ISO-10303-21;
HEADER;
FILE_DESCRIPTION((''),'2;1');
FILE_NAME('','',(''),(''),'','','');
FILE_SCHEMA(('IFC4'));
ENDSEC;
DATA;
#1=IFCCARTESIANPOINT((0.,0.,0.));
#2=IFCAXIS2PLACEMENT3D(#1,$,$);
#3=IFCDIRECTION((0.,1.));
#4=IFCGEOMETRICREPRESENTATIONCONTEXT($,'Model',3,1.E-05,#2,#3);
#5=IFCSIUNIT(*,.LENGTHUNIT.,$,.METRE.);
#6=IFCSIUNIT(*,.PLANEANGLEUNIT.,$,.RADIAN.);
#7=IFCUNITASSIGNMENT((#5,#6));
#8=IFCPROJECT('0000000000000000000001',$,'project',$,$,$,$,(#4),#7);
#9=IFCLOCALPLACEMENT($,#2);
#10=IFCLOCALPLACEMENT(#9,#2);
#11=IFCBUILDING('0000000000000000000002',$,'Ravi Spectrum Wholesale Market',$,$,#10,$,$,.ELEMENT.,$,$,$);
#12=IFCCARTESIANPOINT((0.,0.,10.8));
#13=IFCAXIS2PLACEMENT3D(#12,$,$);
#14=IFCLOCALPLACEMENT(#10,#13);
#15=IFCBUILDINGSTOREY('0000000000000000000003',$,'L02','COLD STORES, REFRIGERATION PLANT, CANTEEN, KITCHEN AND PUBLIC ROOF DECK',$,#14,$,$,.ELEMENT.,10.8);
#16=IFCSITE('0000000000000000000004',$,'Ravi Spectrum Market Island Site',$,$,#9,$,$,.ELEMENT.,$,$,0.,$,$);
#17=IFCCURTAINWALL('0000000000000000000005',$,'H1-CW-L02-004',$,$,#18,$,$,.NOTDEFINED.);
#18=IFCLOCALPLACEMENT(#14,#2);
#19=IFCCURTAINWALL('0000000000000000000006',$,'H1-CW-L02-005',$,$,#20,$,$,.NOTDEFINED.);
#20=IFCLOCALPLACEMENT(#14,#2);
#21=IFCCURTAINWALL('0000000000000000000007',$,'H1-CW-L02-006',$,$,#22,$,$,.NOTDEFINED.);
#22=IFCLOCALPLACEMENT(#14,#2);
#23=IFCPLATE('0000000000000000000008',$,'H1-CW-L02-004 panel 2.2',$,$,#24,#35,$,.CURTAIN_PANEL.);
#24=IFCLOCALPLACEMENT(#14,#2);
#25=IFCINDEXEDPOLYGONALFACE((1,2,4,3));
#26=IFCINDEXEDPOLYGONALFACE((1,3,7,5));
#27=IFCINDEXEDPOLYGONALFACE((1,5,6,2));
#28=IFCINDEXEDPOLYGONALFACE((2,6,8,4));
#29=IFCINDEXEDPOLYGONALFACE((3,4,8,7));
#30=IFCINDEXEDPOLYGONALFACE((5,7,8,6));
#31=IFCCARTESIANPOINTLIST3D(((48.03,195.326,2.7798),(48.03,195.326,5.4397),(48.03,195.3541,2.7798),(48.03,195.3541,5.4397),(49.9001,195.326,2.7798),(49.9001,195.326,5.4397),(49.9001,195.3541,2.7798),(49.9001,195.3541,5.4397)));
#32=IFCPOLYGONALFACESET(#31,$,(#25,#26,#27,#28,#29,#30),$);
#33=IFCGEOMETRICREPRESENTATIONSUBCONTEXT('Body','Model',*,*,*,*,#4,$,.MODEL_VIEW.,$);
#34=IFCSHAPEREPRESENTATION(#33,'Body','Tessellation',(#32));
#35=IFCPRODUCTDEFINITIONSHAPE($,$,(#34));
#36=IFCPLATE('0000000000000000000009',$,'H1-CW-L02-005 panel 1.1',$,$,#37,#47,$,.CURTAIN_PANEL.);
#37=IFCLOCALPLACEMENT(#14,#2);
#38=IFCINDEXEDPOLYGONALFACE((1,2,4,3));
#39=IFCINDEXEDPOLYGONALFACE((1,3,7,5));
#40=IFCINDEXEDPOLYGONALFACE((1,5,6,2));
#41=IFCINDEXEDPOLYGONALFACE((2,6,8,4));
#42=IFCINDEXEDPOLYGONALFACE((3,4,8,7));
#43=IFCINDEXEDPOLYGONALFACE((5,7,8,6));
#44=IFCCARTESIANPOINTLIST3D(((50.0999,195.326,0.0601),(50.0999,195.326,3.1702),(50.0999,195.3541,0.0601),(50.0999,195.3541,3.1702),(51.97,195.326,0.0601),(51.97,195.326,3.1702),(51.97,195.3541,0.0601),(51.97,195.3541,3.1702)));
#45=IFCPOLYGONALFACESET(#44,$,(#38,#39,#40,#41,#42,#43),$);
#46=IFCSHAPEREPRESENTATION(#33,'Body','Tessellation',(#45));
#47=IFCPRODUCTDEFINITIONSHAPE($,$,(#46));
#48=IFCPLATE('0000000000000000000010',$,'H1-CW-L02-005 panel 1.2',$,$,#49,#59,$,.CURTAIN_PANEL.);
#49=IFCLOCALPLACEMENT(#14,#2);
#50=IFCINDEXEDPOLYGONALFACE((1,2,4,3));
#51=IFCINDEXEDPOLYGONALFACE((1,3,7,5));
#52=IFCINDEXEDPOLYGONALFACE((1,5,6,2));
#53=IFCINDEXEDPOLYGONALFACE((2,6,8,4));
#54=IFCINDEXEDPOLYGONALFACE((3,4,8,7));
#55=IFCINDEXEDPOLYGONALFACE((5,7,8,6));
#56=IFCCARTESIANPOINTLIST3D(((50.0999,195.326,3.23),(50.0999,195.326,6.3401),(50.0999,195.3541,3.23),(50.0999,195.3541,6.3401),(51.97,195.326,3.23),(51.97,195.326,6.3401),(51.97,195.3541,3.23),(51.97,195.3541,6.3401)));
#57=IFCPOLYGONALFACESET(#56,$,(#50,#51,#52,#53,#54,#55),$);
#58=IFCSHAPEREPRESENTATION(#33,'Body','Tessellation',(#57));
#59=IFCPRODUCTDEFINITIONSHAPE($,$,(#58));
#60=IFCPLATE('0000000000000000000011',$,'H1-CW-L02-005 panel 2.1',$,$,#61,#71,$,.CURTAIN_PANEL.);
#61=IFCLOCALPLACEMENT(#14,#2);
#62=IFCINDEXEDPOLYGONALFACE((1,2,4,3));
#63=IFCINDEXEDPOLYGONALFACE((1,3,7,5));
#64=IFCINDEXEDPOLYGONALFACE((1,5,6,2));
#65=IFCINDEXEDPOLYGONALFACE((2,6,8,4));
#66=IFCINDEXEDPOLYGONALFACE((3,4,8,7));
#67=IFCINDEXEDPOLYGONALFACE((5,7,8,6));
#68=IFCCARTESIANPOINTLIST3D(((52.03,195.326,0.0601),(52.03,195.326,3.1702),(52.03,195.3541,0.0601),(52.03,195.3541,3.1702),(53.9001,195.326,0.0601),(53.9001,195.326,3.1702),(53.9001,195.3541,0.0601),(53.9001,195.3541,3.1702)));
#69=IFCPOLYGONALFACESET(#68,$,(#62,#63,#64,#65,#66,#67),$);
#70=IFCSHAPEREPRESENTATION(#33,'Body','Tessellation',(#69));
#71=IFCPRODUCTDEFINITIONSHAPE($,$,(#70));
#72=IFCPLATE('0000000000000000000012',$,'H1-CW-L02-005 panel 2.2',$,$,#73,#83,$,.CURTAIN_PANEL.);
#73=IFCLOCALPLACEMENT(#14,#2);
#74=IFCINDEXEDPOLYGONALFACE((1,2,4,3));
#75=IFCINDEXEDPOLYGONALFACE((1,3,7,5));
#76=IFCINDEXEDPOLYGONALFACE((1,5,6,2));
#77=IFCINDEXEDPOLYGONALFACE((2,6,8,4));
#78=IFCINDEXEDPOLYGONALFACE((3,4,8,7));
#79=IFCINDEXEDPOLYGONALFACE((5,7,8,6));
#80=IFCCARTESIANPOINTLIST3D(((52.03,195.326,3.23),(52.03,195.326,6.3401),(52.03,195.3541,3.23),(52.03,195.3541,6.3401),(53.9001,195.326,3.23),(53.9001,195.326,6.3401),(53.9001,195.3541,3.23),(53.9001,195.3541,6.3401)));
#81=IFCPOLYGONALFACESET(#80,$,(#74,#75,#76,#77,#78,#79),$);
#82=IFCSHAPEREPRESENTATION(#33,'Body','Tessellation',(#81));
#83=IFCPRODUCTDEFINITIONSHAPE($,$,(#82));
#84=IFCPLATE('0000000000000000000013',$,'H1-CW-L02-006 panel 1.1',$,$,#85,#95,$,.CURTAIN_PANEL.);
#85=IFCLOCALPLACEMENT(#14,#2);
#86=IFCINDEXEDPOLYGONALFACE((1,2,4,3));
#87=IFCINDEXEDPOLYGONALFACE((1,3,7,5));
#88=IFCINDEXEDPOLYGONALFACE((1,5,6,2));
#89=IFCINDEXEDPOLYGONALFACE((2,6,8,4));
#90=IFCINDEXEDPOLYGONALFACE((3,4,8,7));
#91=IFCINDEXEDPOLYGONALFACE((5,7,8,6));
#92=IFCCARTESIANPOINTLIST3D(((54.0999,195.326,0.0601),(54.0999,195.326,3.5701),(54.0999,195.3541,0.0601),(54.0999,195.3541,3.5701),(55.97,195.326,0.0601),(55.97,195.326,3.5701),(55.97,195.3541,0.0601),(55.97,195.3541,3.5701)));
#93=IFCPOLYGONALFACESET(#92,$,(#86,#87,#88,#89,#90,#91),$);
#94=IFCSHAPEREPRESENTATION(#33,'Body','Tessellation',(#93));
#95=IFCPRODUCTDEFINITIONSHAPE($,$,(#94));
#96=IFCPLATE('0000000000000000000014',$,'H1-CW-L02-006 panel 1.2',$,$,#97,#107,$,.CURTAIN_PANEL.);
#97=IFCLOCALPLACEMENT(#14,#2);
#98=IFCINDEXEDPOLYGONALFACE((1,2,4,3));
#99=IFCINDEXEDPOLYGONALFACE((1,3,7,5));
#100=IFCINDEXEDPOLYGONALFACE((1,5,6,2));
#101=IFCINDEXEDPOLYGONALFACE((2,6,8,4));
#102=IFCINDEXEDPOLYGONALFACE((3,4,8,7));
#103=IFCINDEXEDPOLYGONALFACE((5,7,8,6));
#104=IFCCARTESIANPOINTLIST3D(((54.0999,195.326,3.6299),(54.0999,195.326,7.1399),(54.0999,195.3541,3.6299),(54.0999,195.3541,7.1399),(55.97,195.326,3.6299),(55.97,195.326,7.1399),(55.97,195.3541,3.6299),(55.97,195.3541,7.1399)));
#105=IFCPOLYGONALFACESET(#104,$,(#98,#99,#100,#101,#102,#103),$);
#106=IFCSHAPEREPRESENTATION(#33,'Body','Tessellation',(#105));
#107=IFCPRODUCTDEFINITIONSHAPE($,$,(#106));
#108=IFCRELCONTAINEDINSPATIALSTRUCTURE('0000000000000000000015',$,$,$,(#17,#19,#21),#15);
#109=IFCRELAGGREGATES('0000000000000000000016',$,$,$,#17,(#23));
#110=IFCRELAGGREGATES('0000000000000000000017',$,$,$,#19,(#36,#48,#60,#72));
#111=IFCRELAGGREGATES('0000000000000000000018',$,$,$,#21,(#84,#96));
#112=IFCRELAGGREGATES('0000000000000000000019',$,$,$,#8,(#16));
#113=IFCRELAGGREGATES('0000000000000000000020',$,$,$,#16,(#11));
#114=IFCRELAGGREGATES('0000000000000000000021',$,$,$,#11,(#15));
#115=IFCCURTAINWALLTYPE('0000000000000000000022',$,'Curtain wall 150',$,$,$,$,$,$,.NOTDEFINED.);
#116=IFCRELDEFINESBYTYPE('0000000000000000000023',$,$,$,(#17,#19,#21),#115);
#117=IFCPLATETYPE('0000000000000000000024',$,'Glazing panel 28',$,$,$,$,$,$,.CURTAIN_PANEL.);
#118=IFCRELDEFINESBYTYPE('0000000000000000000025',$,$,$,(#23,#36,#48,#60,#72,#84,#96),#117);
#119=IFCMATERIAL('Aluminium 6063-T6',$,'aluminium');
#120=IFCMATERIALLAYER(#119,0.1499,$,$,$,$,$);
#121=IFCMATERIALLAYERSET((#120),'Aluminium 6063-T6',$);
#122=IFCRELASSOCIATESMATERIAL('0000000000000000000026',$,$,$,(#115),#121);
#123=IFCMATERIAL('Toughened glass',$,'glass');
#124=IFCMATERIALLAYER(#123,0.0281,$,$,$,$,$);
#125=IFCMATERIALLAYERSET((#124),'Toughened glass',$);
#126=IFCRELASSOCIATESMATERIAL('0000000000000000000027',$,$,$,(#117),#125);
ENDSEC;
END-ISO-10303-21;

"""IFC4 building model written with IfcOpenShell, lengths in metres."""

from ifc_helpers import new_model, si_unit, direction, frame, origin, origin_2d, place, context, subcontext, project, spatial, rectangle, extrude, material, layer, layer_set, type_object, element, aggregate, save


model = new_model("IFC4")

# Units and contexts
model_context = context("Model", 3, precision=1e-05, world=origin(), true_north=direction((0.0, 1.0)))
body_context = subcontext(model_context, "Body", "Model", "MODEL_VIEW")
ifc_project = project(units=[si_unit("LENGTHUNIT", "METRE"), si_unit("PLANEANGLEUNIT", "RADIAN")], contexts=[model_context])

# Site, building, storey
site_placement = place(None, origin())
site = spatial("IfcSite", under=ifc_project, at=site_placement, Name="Ravi Spectrum Market Island Site", CompositionType="ELEMENT", RefElevation=0.0)
building_placement = place(site_placement, origin())
building = spatial("IfcBuilding", under=site, at=building_placement, Name="Ravi Spectrum Wholesale Market", CompositionType="ELEMENT")
storey_placement = place(building_placement, frame((0.0, 0.0, 10.8)))
storey = spatial("IfcBuildingStorey", under=building, at=storey_placement, Name="L02", Description="COLD STORES, REFRIGERATION PLANT, CANTEEN, KITCHEN AND PUBLIC ROOF DECK", CompositionType="ELEMENT", Elevation=10.8)

# Shared definitions
ifc_material_1 = material(Name="Aluminium 6063-T6", Category="aluminium")
ifc_layer_1 = layer(ifc_material_1, 0.1499)
ifc_layer_set_1 = layer_set([ifc_layer_1], Name="Aluminium 6063-T6")
curtain_wall_type = type_object("IfcCurtainWallType", Name="Curtain wall 150", PredefinedType="NOTDEFINED", material=ifc_layer_set_1)

# Curtain walls
curtain_wall_1_placement = place(storey_placement, origin())
curtain_wall_1 = element("IfcCurtainWall", 1, at=curtain_wall_1_placement, inside=storey, type_object=curtain_wall_type, Name="H1-CW-L02-004", PredefinedType="NOTDEFINED")
curtain_wall_2_placement = place(storey_placement, origin())
curtain_wall_2 = element("IfcCurtainWall", 2, at=curtain_wall_2_placement, inside=storey, type_object=curtain_wall_type, Name="H1-CW-L02-005", PredefinedType="NOTDEFINED")
curtain_wall_3_placement = place(storey_placement, origin())
curtain_wall_3 = element("IfcCurtainWall", 3, at=curtain_wall_3_placement, inside=storey, type_object=curtain_wall_type, Name="H1-CW-L02-006", PredefinedType="NOTDEFINED")

# Plates
ifc_material_2 = material(Name="Toughened glass", Category="glass")
ifc_layer_2 = layer(ifc_material_2, 0.0281)
ifc_layer_set_2 = layer_set([ifc_layer_2], Name="Toughened glass")
plate_type = type_object("IfcPlateType", Name="Glazing panel 28", PredefinedType="CURTAIN_PANEL", material=ifc_layer_set_2)
plate_1_placement = place(storey_placement, frame((48.9651, 195.3401, 2.7798), z_axis=(0.0, 0.0, 1.0), x_axis=(1.0, 0.0, 0.0)))
plate_1 = element("IfcPlate", 4, at=plate_1_placement, type_object=plate_type, Name="H1-CW-L02-004 panel 2.2", PredefinedType="CURTAIN_PANEL", context=body_context, shape_type="SweptSolid", body=[
    extrude(rectangle(XDim=1.8701, YDim=0.0281, at=origin_2d()), origin(), (0.0, 0.0, 1.0), 2.6599),
])
aggregate(curtain_wall_1, [plate_1])
plate_2_placement = place(storey_placement, frame((51.0349, 195.3401, 0.0601), z_axis=(0.0, 0.0, 1.0), x_axis=(1.0, 0.0, 0.0)))
plate_2 = element("IfcPlate", 5, at=plate_2_placement, type_object=plate_type, Name="H1-CW-L02-005 panel 1.1", PredefinedType="CURTAIN_PANEL", context=body_context, shape_type="SweptSolid", body=[
    extrude(rectangle(XDim=1.8701, YDim=0.0281, at=origin_2d()), origin(), (0.0, 0.0, 1.0), 3.1101),
])
plate_3_placement = place(storey_placement, frame((51.0349, 195.3401, 3.23), z_axis=(0.0, 0.0, 1.0), x_axis=(1.0, 0.0, 0.0)))
plate_3 = element("IfcPlate", 6, at=plate_3_placement, type_object=plate_type, Name="H1-CW-L02-005 panel 1.2", PredefinedType="CURTAIN_PANEL", context=body_context, shape_type="SweptSolid", body=[
    extrude(rectangle(XDim=1.8701, YDim=0.0281, at=origin_2d()), origin(), (0.0, 0.0, 1.0), 3.1101),
])
plate_4_placement = place(storey_placement, frame((52.9651, 195.3401, 0.0601), z_axis=(0.0, 0.0, 1.0), x_axis=(1.0, 0.0, 0.0)))
plate_4 = element("IfcPlate", 7, at=plate_4_placement, type_object=plate_type, Name="H1-CW-L02-005 panel 2.1", PredefinedType="CURTAIN_PANEL", context=body_context, shape_type="SweptSolid", body=[
    extrude(rectangle(XDim=1.8701, YDim=0.0281, at=origin_2d()), origin(), (0.0, 0.0, 1.0), 3.1101),
])
plate_5_placement = place(storey_placement, frame((52.9651, 195.3401, 3.23), z_axis=(0.0, 0.0, 1.0), x_axis=(1.0, 0.0, 0.0)))
plate_5 = element("IfcPlate", 8, at=plate_5_placement, type_object=plate_type, Name="H1-CW-L02-005 panel 2.2", PredefinedType="CURTAIN_PANEL", context=body_context, shape_type="SweptSolid", body=[
    extrude(rectangle(XDim=1.8701, YDim=0.0281, at=origin_2d()), origin(), (0.0, 0.0, 1.0), 3.1101),
])
aggregate(curtain_wall_2, [plate_2, plate_3, plate_4, plate_5])
plate_6_placement = place(storey_placement, frame((55.0349, 195.3401, 0.0601), z_axis=(0.0, 0.0, 1.0), x_axis=(1.0, 0.0, 0.0)))
plate_6 = element("IfcPlate", 9, at=plate_6_placement, type_object=plate_type, Name="H1-CW-L02-006 panel 1.1", PredefinedType="CURTAIN_PANEL", context=body_context, shape_type="SweptSolid", body=[
    extrude(rectangle(XDim=1.8701, YDim=0.0281, at=origin_2d()), origin(), (0.0, 0.0, 1.0), 3.51),
])
plate_7_placement = place(storey_placement, frame((55.0349, 195.3401, 3.6299), z_axis=(0.0, 0.0, 1.0), x_axis=(1.0, 0.0, 0.0)))
plate_7 = element("IfcPlate", 10, at=plate_7_placement, type_object=plate_type, Name="H1-CW-L02-006 panel 1.2", PredefinedType="CURTAIN_PANEL", context=body_context, shape_type="SweptSolid", body=[
    extrude(rectangle(XDim=1.8701, YDim=0.0281, at=origin_2d()), origin(), (0.0, 0.0, 1.0), 3.51),
])
aggregate(curtain_wall_3, [plate_6, plate_7])

save(model, "model.ifc")
